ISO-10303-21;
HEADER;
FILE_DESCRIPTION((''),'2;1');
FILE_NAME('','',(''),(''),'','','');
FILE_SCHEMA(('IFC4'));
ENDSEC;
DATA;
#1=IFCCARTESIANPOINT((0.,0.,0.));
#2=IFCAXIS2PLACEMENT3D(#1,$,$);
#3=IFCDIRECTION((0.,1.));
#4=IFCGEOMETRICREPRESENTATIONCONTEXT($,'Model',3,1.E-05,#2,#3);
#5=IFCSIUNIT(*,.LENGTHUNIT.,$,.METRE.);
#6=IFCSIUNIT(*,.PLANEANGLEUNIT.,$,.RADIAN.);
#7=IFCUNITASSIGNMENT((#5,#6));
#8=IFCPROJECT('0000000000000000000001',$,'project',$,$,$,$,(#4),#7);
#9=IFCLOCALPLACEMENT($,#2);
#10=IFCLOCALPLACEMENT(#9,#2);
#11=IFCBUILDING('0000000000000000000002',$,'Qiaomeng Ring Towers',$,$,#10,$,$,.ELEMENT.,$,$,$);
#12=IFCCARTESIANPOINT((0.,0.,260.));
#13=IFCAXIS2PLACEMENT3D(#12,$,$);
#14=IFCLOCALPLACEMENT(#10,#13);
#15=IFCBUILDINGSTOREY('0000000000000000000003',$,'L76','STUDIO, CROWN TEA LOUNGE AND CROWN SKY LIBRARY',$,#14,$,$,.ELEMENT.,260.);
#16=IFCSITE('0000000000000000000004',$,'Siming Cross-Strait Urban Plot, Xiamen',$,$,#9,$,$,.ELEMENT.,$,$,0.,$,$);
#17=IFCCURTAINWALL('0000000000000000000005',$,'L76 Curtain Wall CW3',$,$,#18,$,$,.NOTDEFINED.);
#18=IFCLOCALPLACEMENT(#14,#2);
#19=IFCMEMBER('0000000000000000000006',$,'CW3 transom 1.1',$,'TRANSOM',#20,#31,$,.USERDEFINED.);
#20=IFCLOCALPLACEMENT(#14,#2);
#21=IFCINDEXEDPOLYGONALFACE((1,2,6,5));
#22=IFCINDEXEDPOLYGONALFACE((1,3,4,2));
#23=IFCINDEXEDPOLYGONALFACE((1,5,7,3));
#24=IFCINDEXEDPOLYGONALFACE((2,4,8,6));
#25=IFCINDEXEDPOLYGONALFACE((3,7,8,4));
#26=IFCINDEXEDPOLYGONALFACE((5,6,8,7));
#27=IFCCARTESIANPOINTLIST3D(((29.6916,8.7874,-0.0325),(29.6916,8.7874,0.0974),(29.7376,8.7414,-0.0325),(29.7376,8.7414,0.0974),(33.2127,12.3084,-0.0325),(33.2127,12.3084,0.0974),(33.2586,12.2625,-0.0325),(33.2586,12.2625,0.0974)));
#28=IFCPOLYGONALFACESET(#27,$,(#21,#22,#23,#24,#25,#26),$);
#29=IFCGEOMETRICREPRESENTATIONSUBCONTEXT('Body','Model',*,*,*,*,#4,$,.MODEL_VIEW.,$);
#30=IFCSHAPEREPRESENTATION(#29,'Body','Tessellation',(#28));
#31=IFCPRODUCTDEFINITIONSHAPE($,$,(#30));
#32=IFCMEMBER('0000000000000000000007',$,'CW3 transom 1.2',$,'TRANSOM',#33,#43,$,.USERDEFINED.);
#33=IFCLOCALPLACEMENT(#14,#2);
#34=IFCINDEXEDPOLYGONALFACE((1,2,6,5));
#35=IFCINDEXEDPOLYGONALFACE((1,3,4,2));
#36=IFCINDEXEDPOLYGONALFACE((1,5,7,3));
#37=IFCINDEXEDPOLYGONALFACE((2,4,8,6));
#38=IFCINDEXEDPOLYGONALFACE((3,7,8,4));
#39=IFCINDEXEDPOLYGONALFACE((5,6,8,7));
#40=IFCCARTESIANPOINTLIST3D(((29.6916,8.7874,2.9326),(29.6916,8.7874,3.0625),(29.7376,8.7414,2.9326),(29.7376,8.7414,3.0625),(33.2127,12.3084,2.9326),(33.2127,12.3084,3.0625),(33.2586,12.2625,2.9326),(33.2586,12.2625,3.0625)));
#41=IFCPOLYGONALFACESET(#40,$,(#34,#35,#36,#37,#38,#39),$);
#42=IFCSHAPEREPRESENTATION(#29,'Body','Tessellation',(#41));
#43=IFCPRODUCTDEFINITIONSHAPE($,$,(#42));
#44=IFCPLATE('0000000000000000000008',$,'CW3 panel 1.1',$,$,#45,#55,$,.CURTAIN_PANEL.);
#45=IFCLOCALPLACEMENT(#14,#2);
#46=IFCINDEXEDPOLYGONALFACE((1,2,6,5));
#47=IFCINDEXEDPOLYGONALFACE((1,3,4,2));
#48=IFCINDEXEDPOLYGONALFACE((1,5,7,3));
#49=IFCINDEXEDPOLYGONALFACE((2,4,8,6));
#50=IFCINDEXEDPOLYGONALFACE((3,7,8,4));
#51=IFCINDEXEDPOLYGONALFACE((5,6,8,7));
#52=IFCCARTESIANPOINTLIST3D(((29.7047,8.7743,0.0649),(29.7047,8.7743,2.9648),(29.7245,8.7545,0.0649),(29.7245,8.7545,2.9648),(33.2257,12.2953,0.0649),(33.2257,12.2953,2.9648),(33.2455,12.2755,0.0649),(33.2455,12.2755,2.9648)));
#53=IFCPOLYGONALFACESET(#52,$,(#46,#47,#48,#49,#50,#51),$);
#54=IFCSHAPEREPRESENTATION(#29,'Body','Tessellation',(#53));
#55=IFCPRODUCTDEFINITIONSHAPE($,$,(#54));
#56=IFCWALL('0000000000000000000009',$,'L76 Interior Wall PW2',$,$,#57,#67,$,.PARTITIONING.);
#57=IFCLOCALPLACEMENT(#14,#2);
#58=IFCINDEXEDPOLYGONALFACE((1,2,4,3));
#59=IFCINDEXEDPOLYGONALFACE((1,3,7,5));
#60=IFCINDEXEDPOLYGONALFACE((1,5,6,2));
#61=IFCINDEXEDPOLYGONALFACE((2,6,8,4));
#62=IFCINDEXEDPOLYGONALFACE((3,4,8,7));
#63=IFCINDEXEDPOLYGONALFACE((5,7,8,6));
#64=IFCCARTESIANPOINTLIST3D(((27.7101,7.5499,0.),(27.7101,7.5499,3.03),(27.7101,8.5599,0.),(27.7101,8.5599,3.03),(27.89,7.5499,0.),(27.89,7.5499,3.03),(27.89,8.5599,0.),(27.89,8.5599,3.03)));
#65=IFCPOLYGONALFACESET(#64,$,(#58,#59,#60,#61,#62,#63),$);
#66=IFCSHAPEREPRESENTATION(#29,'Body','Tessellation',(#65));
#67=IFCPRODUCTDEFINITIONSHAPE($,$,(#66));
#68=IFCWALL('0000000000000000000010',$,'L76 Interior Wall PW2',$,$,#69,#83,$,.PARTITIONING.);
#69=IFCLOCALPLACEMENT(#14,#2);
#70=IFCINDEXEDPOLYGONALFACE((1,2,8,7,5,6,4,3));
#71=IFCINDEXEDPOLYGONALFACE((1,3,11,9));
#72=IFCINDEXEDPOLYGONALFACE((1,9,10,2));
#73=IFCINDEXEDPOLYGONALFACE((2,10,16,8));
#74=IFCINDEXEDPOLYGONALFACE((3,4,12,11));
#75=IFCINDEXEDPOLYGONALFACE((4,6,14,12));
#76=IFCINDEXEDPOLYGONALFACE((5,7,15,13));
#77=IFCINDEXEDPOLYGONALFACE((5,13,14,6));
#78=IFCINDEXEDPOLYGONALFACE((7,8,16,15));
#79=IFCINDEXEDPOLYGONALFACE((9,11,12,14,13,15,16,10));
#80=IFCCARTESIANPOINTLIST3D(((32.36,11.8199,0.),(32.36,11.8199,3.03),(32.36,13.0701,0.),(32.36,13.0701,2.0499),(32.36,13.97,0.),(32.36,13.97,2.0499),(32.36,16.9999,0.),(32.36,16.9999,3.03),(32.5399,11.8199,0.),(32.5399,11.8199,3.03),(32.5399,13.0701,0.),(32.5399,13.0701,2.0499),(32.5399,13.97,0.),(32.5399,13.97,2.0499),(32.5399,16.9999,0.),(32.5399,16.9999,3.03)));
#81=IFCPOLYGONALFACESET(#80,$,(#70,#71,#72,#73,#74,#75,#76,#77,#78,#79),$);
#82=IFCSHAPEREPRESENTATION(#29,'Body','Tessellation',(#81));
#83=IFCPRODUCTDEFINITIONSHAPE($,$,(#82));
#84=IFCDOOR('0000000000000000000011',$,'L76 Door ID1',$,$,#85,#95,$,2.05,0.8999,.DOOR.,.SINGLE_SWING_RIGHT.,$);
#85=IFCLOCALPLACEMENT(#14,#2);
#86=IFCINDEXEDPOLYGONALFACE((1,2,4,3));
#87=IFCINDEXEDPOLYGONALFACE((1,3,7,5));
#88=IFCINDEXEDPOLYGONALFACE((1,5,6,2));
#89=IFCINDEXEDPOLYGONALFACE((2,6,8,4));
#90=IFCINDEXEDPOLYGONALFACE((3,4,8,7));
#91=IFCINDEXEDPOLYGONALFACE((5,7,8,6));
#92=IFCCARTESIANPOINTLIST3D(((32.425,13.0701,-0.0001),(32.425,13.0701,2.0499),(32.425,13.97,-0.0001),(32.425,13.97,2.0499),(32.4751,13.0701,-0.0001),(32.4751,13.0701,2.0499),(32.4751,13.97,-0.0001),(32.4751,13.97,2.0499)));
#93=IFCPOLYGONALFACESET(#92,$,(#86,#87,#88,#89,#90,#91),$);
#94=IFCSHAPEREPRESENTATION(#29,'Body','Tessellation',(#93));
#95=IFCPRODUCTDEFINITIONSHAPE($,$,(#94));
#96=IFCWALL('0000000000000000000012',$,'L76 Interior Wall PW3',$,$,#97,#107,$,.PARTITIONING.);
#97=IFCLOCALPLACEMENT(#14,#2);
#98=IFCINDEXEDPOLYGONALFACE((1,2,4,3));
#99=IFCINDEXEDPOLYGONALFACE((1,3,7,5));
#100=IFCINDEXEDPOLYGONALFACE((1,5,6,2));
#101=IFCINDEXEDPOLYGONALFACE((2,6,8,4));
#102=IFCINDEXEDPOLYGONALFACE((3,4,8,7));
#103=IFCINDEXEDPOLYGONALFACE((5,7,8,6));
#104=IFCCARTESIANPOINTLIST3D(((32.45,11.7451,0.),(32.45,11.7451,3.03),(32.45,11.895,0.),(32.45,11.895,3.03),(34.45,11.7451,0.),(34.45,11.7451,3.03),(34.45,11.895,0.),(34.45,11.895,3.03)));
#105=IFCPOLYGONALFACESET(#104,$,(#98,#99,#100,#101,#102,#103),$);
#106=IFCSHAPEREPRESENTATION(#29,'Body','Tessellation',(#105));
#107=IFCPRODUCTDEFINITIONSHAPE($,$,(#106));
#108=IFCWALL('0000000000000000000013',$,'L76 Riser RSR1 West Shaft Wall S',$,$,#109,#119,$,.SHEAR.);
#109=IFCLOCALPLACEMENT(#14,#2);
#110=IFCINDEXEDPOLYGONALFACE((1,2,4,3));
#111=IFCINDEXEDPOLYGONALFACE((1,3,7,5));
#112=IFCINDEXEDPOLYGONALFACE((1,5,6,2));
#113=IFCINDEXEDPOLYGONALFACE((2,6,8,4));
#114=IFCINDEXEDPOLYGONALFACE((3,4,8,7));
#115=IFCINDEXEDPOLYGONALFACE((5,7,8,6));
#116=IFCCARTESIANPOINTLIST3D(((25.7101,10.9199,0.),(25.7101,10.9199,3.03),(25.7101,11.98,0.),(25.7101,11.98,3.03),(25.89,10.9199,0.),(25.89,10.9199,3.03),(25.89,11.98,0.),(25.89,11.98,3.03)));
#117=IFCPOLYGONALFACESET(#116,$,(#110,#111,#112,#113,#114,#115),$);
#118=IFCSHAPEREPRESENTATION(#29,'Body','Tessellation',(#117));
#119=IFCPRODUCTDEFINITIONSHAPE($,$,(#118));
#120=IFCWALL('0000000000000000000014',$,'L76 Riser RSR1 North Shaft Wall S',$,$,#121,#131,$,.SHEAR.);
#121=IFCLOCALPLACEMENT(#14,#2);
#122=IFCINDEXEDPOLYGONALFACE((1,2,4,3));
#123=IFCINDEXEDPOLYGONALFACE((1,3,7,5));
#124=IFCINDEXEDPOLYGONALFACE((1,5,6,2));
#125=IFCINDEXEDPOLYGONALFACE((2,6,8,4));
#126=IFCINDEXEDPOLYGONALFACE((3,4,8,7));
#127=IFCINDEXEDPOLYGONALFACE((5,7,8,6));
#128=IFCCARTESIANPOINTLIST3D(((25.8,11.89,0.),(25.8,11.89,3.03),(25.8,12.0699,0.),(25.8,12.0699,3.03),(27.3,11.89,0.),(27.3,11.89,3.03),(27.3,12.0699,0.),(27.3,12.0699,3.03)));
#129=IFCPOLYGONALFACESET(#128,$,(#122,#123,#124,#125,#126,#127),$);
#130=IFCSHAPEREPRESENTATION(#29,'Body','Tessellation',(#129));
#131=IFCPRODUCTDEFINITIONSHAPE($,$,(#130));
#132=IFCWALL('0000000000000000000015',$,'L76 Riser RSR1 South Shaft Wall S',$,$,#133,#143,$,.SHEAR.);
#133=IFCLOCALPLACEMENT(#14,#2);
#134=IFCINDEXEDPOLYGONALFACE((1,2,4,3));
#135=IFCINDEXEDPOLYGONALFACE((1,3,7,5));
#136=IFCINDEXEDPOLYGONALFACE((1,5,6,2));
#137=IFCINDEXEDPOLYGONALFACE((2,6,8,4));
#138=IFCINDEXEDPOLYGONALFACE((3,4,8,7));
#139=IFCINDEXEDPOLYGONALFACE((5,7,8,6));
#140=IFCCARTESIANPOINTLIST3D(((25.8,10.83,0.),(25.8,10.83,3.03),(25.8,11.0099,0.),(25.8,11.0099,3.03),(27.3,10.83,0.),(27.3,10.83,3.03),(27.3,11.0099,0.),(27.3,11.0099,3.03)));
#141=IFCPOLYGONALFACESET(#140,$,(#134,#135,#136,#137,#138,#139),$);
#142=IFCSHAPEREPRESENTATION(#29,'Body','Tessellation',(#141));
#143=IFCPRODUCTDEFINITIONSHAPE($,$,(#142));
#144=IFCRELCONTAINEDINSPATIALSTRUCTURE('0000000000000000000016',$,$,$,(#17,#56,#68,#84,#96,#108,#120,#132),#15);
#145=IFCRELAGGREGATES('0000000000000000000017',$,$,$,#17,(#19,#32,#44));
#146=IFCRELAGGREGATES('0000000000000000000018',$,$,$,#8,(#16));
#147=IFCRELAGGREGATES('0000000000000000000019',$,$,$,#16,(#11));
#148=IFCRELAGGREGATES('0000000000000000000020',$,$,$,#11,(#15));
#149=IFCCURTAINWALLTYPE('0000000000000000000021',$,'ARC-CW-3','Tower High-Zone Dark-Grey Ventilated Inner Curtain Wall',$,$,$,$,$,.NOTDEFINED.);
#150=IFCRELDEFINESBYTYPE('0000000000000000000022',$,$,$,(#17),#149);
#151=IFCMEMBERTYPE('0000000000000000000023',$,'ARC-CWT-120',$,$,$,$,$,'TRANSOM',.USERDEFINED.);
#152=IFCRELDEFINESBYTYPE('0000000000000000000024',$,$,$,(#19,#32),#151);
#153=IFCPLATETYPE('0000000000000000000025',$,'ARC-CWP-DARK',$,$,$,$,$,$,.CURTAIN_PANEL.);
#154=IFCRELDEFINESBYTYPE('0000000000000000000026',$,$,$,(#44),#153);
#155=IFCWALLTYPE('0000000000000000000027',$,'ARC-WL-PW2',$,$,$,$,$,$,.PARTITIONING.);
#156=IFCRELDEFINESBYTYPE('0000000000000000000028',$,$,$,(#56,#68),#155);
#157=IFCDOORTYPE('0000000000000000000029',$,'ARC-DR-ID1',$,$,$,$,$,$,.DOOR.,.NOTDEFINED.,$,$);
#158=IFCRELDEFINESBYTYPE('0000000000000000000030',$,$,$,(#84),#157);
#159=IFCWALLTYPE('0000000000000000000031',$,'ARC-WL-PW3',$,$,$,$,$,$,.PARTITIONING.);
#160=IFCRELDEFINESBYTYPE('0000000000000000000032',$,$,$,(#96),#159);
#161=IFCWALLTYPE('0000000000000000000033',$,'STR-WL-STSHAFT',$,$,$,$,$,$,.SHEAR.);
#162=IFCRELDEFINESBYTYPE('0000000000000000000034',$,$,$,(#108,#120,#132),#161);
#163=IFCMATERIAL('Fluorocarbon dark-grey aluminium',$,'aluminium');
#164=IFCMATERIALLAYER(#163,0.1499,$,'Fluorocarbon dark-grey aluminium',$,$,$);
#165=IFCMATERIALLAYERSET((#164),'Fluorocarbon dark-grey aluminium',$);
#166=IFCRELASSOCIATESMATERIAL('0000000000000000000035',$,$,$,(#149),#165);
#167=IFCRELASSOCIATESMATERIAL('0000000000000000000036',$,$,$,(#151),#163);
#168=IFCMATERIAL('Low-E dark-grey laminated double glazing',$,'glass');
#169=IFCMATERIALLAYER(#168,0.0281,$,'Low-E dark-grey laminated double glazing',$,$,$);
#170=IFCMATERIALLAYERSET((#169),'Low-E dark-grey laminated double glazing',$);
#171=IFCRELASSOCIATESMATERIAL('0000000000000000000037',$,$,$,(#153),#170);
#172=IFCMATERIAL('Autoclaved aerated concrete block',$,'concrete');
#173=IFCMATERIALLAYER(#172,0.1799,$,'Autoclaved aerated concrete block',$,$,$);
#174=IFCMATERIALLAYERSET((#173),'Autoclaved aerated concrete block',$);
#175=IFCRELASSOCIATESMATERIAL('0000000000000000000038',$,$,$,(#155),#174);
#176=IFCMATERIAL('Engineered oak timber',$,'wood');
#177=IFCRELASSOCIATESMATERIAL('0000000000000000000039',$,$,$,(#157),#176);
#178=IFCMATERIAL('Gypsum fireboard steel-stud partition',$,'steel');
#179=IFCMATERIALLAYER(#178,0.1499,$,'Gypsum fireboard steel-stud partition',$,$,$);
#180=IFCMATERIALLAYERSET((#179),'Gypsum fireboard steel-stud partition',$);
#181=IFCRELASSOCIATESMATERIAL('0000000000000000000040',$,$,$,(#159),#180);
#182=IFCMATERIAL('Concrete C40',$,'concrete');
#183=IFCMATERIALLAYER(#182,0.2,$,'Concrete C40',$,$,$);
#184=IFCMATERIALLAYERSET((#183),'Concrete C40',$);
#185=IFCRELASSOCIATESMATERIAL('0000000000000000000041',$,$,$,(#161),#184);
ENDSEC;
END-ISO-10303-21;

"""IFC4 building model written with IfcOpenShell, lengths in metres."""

from ifc_helpers import new_model, si_unit, direction, frame, frame_2d, origin, origin_2d, place, context, subcontext, project, spatial, rectangle, extrude, source, transform, mapped, material, layer, layer_set, material_profile, profile_set, type_object, element, fill, aggregate, save


model = new_model("IFC4")

# Units and contexts
model_context = context("Model", 3, precision=1e-05, world=origin(), true_north=direction((0.0, 1.0)))
body_context = subcontext(model_context, "Body", "Model", "MODEL_VIEW")
ifc_project = project(units=[si_unit("LENGTHUNIT", "METRE"), si_unit("PLANEANGLEUNIT", "RADIAN")], contexts=[model_context])

# Site, building, storey
site_placement = place(None, origin())
site = spatial("IfcSite", under=ifc_project, at=site_placement, Name="Siming Cross-Strait Urban Plot, Xiamen", CompositionType="ELEMENT", RefElevation=0.0)
building_placement = place(site_placement, origin())
building = spatial("IfcBuilding", under=site, at=building_placement, Name="Qiaomeng Ring Towers", CompositionType="ELEMENT")
storey_placement = place(building_placement, frame((0.0, 0.0, 260.0)))
storey = spatial("IfcBuildingStorey", under=building, at=storey_placement, Name="L76", Description="STUDIO, CROWN TEA LOUNGE AND CROWN SKY LIBRARY", CompositionType="ELEMENT", Elevation=260.0)

# Shared definitions
ifc_material_1 = material(Name="Concrete C40", Category="concrete")

# Curtain wall, members, plate
ifc_material_2 = material(Name="Fluorocarbon dark-grey aluminium", Category="aluminium")
ifc_layer_1 = layer(ifc_material_2, 0.1499, Name="Fluorocarbon dark-grey aluminium")
ifc_layer_set_1 = layer_set([ifc_layer_1], Name="Fluorocarbon dark-grey aluminium")
curtain_wall_type = type_object("IfcCurtainWallType", Name="ARC-CW-3", Description="Tower High-Zone Dark-Grey Ventilated Inner Curtain Wall", PredefinedType="NOTDEFINED", material=ifc_layer_set_1)
curtain_wall_placement = place(storey_placement, origin())
curtain_wall = element("IfcCurtainWall", 1, at=curtain_wall_placement, inside=storey, type_object=curtain_wall_type, Name="L76 Curtain Wall CW3", PredefinedType="NOTDEFINED")
ifc_material_profile_1 = material_profile(ifc_material_2, rectangle(XDim=0.0649, YDim=0.1299, at=origin_2d()), Name="ALU TRAN 65x130")
ifc_profile_set_1 = profile_set([ifc_material_profile_1], Name="Fluorocarbon dark-grey aluminium")
member_type_1 = type_object("IfcMemberType", Name="ARC-CWT-120", ElementType="TRANSOM", PredefinedType="USERDEFINED", material=ifc_profile_set_1)
shared_shape_1 = source(origin(), body_context, "Body", "SweptSolid", [
    extrude(rectangle(XDim=0.0649, YDim=0.1299, at=origin_2d()), origin(), (0.0, 0.0, 1.0), 4.9795),
])
member_1_placement = place(storey_placement, frame((29.7146, 8.7644, 0.0325), z_axis=(0.707107, 0.707107, 0.0), x_axis=(-0.707107, 0.707107, 0.0)))
member_1 = element("IfcMember", 2, at=member_1_placement, type_object=member_type_1, Name="CW3 transom 1.1", ObjectType="TRANSOM", PredefinedType="USERDEFINED", context=body_context, shape_type="MappedRepresentation", body=[
    mapped(shared_shape_1, transform((0.0, 0.0, 0.0), x_axis=(1.0, 0.0, 0.0), y_axis=(0.0, 1.0, 0.0), z_axis=(0.0, 0.0, 1.0), scale=1.0)),
])
member_2_placement = place(storey_placement, frame((29.7146, 8.7644, 2.9976), z_axis=(0.707107, 0.707107, 0.0), x_axis=(-0.707107, 0.707107, 0.0)))
member_2 = element("IfcMember", 3, at=member_2_placement, type_object=member_type_1, Name="CW3 transom 1.2", ObjectType="TRANSOM", PredefinedType="USERDEFINED", context=body_context, shape_type="MappedRepresentation", body=[
    mapped(shared_shape_1, transform((0.0, 0.0, 0.0), x_axis=(1.0, 0.0, 0.0), y_axis=(0.0, 1.0, 0.0), z_axis=(0.0, 0.0, 1.0), scale=1.0)),
])
ifc_material_3 = material(Name="Low-E dark-grey laminated double glazing", Category="glass")
ifc_layer_2 = layer(ifc_material_3, 0.0281, Name="Low-E dark-grey laminated double glazing")
ifc_layer_set_2 = layer_set([ifc_layer_2], Name="Low-E dark-grey laminated double glazing")
plate_type = type_object("IfcPlateType", Name="ARC-CWP-DARK", PredefinedType="CURTAIN_PANEL", material=ifc_layer_set_2)
shared_shape_2 = source(origin(), body_context, "Body", "SweptSolid", [
    extrude(rectangle(XDim=4.9795, YDim=0.0281, at=origin_2d()), origin(), (0.0, 0.0, 1.0), 2.8999),
])
plate_placement = place(storey_placement, frame((31.4751, 10.5249, 0.0649), z_axis=(0.0, 0.0, 1.0), x_axis=(0.707107, 0.707107, 0.0)))
plate = element("IfcPlate", 4, at=plate_placement, type_object=plate_type, Name="CW3 panel 1.1", PredefinedType="CURTAIN_PANEL", context=body_context, shape_type="MappedRepresentation", body=[
    mapped(shared_shape_2, transform((0.0, 0.0, 0.0), x_axis=(1.0, 0.0, 0.0), y_axis=(0.0, 1.0, 0.0), z_axis=(0.0, 0.0, 1.0), scale=1.0)),
])
aggregate(curtain_wall, [member_1, member_2, plate])

# Wall
ifc_material_4 = material(Name="Autoclaved aerated concrete block", Category="concrete")
ifc_layer_3 = layer(ifc_material_4, 0.1799, Name="Autoclaved aerated concrete block")
ifc_layer_set_3 = layer_set([ifc_layer_3], Name="Autoclaved aerated concrete block")
wall_type_1 = type_object("IfcWallType", Name="ARC-WL-PW2", PredefinedType="PARTITIONING", material=ifc_layer_set_3)
wall_1_placement = place(storey_placement, frame((27.8, 7.55, 0.0), z_axis=(0.0, 0.0, 1.0), x_axis=(0.0, 1.0, 0.0)))
element("IfcWall", 5, at=wall_1_placement, inside=storey, type_object=wall_type_1, Name="L76 Interior Wall PW2", PredefinedType="PARTITIONING", context=body_context, shape_type="SweptSolid", body=[
    extrude(rectangle(XDim=1.01, YDim=0.1799, at=frame_2d((0.5049, 0.0))), origin(), (0.0, 0.0, 1.0), 3.03),
])

# Wall, opening, door
wall_2_placement = place(storey_placement, frame((32.45, 11.8201, 0.0), z_axis=(0.0, 0.0, 1.0), x_axis=(0.0, 1.0, 0.0)))
wall_2 = element("IfcWall", 6, at=wall_2_placement, inside=storey, type_object=wall_type_1, Name="L76 Interior Wall PW2", PredefinedType="PARTITIONING", context=body_context, shape_type="SweptSolid", body=[
    extrude(rectangle(XDim=5.1799, YDim=0.1799, at=frame_2d((2.5898, 0.0))), origin(), (0.0, 0.0, 1.0), 3.03),
])
opening_1_placement = place(wall_2_placement, frame((1.25, 0.0, 0.0)))
opening_1 = element("IfcOpeningElement", 7, at=opening_1_placement, cuts=wall_2, PredefinedType="OPENING", context=body_context, shape_type="SweptSolid", body=[
    extrude(rectangle(XDim=0.8999, YDim=2.05, at=frame_2d((0.45, 1.0249))), frame((0.0, 0.0999, 0.0), z_axis=(0.0, -1.0, 0.0), x_axis=(1.0, 0.0, 0.0)), (0.0, 0.0, 1.0), 0.2),
])
ifc_material_5 = material(Name="Engineered oak timber", Category="wood")
door_type_1 = type_object("IfcDoorType", Name="ARC-DR-ID1", OperationType="NOTDEFINED", PredefinedType="DOOR", material=ifc_material_5)
shared_shape_3 = source(origin(), body_context, "Body", "SweptSolid", [
    extrude(rectangle(XDim=0.8999, YDim=2.05, at=frame_2d((0.45, 1.0249))), frame((0.0, 0.0249, 0.0), z_axis=(0.0, -1.0, 0.0), x_axis=(1.0, 0.0, 0.0)), (0.0, 0.0, 1.0), 0.05),
])
door_1_placement = place(opening_1_placement, origin())
door_1 = element("IfcDoor", 8, at=door_1_placement, inside=storey, type_object=door_type_1, Name="L76 Door ID1", OperationType="SINGLE_SWING_RIGHT", OverallHeight=2.05, OverallWidth=0.8999, PredefinedType="DOOR", context=body_context, shape_type="MappedRepresentation", body=[
    mapped(shared_shape_3, transform((0.0, 0.0, 0.0), x_axis=(1.0, 0.0, 0.0), y_axis=(0.0, 1.0, 0.0), z_axis=(0.0, 0.0, 1.0), scale=1.0)),
])
fill(opening_1, door_1)

# Walls
ifc_material_6 = material(Name="Gypsum fireboard steel-stud partition", Category="steel")
ifc_layer_4 = layer(ifc_material_6, 0.1499, Name="Gypsum fireboard steel-stud partition")
ifc_layer_set_4 = layer_set([ifc_layer_4], Name="Gypsum fireboard steel-stud partition")
wall_type_2 = type_object("IfcWallType", Name="ARC-WL-PW3", PredefinedType="PARTITIONING", material=ifc_layer_set_4)
wall_3_placement = place(storey_placement, frame((32.45, 11.8201, 0.0), z_axis=(0.0, 0.0, 1.0), x_axis=(1.0, 0.0, 0.0)))
element("IfcWall", 9, at=wall_3_placement, inside=storey, type_object=wall_type_2, Name="L76 Interior Wall PW3", PredefinedType="PARTITIONING", context=body_context, shape_type="SweptSolid", body=[
    extrude(rectangle(XDim=2.0, YDim=0.1499, at=frame_2d((1.0, 0.0))), origin(), (0.0, 0.0, 1.0), 3.03),
])
ifc_layer_5 = layer(ifc_material_1, 0.2, Name="Concrete C40")
ifc_layer_set_5 = layer_set([ifc_layer_5], Name="Concrete C40")
wall_type_3 = type_object("IfcWallType", Name="STR-WL-STSHAFT", PredefinedType="SHEAR", material=ifc_layer_set_5)
wall_4_placement = place(storey_placement, frame((25.8, 10.9199, 0.0), z_axis=(0.0, 0.0, 1.0), x_axis=(0.0, 1.0, 0.0)))
element("IfcWall", 10, at=wall_4_placement, inside=storey, type_object=wall_type_3, Name="L76 Riser RSR1 West Shaft Wall S", PredefinedType="SHEAR", context=body_context, shape_type="SweptSolid", body=[
    extrude(rectangle(XDim=1.0601, YDim=0.1799, at=frame_2d((0.53, 0.0))), origin(), (0.0, 0.0, 1.0), 3.03),
])
for number, where, z_axis, x_axis, name in (
    (11, (25.8, 11.98, 0.0), (0.0, 0.0, 1.0), (1.0, 0.0, 0.0), "L76 Riser RSR1 North Shaft Wall S"),
    (12, (25.8, 10.9199, 0.0), (0.0, 0.0, 1.0), (1.0, 0.0, 0.0), "L76 Riser RSR1 South Shaft Wall S"),
):
    element("IfcWall", number, at=place(storey_placement, frame(where, z_axis=z_axis, x_axis=x_axis)), inside=storey, type_object=wall_type_3, Name=name, PredefinedType="SHEAR", context=body_context, shape_type="SweptSolid", body=[
        extrude(rectangle(XDim=1.5, YDim=0.1799, at=frame_2d((0.75, 0.0))), origin(), (0.0, 0.0, 1.0), 3.03),
    ])

save(model, "model.ifc")
